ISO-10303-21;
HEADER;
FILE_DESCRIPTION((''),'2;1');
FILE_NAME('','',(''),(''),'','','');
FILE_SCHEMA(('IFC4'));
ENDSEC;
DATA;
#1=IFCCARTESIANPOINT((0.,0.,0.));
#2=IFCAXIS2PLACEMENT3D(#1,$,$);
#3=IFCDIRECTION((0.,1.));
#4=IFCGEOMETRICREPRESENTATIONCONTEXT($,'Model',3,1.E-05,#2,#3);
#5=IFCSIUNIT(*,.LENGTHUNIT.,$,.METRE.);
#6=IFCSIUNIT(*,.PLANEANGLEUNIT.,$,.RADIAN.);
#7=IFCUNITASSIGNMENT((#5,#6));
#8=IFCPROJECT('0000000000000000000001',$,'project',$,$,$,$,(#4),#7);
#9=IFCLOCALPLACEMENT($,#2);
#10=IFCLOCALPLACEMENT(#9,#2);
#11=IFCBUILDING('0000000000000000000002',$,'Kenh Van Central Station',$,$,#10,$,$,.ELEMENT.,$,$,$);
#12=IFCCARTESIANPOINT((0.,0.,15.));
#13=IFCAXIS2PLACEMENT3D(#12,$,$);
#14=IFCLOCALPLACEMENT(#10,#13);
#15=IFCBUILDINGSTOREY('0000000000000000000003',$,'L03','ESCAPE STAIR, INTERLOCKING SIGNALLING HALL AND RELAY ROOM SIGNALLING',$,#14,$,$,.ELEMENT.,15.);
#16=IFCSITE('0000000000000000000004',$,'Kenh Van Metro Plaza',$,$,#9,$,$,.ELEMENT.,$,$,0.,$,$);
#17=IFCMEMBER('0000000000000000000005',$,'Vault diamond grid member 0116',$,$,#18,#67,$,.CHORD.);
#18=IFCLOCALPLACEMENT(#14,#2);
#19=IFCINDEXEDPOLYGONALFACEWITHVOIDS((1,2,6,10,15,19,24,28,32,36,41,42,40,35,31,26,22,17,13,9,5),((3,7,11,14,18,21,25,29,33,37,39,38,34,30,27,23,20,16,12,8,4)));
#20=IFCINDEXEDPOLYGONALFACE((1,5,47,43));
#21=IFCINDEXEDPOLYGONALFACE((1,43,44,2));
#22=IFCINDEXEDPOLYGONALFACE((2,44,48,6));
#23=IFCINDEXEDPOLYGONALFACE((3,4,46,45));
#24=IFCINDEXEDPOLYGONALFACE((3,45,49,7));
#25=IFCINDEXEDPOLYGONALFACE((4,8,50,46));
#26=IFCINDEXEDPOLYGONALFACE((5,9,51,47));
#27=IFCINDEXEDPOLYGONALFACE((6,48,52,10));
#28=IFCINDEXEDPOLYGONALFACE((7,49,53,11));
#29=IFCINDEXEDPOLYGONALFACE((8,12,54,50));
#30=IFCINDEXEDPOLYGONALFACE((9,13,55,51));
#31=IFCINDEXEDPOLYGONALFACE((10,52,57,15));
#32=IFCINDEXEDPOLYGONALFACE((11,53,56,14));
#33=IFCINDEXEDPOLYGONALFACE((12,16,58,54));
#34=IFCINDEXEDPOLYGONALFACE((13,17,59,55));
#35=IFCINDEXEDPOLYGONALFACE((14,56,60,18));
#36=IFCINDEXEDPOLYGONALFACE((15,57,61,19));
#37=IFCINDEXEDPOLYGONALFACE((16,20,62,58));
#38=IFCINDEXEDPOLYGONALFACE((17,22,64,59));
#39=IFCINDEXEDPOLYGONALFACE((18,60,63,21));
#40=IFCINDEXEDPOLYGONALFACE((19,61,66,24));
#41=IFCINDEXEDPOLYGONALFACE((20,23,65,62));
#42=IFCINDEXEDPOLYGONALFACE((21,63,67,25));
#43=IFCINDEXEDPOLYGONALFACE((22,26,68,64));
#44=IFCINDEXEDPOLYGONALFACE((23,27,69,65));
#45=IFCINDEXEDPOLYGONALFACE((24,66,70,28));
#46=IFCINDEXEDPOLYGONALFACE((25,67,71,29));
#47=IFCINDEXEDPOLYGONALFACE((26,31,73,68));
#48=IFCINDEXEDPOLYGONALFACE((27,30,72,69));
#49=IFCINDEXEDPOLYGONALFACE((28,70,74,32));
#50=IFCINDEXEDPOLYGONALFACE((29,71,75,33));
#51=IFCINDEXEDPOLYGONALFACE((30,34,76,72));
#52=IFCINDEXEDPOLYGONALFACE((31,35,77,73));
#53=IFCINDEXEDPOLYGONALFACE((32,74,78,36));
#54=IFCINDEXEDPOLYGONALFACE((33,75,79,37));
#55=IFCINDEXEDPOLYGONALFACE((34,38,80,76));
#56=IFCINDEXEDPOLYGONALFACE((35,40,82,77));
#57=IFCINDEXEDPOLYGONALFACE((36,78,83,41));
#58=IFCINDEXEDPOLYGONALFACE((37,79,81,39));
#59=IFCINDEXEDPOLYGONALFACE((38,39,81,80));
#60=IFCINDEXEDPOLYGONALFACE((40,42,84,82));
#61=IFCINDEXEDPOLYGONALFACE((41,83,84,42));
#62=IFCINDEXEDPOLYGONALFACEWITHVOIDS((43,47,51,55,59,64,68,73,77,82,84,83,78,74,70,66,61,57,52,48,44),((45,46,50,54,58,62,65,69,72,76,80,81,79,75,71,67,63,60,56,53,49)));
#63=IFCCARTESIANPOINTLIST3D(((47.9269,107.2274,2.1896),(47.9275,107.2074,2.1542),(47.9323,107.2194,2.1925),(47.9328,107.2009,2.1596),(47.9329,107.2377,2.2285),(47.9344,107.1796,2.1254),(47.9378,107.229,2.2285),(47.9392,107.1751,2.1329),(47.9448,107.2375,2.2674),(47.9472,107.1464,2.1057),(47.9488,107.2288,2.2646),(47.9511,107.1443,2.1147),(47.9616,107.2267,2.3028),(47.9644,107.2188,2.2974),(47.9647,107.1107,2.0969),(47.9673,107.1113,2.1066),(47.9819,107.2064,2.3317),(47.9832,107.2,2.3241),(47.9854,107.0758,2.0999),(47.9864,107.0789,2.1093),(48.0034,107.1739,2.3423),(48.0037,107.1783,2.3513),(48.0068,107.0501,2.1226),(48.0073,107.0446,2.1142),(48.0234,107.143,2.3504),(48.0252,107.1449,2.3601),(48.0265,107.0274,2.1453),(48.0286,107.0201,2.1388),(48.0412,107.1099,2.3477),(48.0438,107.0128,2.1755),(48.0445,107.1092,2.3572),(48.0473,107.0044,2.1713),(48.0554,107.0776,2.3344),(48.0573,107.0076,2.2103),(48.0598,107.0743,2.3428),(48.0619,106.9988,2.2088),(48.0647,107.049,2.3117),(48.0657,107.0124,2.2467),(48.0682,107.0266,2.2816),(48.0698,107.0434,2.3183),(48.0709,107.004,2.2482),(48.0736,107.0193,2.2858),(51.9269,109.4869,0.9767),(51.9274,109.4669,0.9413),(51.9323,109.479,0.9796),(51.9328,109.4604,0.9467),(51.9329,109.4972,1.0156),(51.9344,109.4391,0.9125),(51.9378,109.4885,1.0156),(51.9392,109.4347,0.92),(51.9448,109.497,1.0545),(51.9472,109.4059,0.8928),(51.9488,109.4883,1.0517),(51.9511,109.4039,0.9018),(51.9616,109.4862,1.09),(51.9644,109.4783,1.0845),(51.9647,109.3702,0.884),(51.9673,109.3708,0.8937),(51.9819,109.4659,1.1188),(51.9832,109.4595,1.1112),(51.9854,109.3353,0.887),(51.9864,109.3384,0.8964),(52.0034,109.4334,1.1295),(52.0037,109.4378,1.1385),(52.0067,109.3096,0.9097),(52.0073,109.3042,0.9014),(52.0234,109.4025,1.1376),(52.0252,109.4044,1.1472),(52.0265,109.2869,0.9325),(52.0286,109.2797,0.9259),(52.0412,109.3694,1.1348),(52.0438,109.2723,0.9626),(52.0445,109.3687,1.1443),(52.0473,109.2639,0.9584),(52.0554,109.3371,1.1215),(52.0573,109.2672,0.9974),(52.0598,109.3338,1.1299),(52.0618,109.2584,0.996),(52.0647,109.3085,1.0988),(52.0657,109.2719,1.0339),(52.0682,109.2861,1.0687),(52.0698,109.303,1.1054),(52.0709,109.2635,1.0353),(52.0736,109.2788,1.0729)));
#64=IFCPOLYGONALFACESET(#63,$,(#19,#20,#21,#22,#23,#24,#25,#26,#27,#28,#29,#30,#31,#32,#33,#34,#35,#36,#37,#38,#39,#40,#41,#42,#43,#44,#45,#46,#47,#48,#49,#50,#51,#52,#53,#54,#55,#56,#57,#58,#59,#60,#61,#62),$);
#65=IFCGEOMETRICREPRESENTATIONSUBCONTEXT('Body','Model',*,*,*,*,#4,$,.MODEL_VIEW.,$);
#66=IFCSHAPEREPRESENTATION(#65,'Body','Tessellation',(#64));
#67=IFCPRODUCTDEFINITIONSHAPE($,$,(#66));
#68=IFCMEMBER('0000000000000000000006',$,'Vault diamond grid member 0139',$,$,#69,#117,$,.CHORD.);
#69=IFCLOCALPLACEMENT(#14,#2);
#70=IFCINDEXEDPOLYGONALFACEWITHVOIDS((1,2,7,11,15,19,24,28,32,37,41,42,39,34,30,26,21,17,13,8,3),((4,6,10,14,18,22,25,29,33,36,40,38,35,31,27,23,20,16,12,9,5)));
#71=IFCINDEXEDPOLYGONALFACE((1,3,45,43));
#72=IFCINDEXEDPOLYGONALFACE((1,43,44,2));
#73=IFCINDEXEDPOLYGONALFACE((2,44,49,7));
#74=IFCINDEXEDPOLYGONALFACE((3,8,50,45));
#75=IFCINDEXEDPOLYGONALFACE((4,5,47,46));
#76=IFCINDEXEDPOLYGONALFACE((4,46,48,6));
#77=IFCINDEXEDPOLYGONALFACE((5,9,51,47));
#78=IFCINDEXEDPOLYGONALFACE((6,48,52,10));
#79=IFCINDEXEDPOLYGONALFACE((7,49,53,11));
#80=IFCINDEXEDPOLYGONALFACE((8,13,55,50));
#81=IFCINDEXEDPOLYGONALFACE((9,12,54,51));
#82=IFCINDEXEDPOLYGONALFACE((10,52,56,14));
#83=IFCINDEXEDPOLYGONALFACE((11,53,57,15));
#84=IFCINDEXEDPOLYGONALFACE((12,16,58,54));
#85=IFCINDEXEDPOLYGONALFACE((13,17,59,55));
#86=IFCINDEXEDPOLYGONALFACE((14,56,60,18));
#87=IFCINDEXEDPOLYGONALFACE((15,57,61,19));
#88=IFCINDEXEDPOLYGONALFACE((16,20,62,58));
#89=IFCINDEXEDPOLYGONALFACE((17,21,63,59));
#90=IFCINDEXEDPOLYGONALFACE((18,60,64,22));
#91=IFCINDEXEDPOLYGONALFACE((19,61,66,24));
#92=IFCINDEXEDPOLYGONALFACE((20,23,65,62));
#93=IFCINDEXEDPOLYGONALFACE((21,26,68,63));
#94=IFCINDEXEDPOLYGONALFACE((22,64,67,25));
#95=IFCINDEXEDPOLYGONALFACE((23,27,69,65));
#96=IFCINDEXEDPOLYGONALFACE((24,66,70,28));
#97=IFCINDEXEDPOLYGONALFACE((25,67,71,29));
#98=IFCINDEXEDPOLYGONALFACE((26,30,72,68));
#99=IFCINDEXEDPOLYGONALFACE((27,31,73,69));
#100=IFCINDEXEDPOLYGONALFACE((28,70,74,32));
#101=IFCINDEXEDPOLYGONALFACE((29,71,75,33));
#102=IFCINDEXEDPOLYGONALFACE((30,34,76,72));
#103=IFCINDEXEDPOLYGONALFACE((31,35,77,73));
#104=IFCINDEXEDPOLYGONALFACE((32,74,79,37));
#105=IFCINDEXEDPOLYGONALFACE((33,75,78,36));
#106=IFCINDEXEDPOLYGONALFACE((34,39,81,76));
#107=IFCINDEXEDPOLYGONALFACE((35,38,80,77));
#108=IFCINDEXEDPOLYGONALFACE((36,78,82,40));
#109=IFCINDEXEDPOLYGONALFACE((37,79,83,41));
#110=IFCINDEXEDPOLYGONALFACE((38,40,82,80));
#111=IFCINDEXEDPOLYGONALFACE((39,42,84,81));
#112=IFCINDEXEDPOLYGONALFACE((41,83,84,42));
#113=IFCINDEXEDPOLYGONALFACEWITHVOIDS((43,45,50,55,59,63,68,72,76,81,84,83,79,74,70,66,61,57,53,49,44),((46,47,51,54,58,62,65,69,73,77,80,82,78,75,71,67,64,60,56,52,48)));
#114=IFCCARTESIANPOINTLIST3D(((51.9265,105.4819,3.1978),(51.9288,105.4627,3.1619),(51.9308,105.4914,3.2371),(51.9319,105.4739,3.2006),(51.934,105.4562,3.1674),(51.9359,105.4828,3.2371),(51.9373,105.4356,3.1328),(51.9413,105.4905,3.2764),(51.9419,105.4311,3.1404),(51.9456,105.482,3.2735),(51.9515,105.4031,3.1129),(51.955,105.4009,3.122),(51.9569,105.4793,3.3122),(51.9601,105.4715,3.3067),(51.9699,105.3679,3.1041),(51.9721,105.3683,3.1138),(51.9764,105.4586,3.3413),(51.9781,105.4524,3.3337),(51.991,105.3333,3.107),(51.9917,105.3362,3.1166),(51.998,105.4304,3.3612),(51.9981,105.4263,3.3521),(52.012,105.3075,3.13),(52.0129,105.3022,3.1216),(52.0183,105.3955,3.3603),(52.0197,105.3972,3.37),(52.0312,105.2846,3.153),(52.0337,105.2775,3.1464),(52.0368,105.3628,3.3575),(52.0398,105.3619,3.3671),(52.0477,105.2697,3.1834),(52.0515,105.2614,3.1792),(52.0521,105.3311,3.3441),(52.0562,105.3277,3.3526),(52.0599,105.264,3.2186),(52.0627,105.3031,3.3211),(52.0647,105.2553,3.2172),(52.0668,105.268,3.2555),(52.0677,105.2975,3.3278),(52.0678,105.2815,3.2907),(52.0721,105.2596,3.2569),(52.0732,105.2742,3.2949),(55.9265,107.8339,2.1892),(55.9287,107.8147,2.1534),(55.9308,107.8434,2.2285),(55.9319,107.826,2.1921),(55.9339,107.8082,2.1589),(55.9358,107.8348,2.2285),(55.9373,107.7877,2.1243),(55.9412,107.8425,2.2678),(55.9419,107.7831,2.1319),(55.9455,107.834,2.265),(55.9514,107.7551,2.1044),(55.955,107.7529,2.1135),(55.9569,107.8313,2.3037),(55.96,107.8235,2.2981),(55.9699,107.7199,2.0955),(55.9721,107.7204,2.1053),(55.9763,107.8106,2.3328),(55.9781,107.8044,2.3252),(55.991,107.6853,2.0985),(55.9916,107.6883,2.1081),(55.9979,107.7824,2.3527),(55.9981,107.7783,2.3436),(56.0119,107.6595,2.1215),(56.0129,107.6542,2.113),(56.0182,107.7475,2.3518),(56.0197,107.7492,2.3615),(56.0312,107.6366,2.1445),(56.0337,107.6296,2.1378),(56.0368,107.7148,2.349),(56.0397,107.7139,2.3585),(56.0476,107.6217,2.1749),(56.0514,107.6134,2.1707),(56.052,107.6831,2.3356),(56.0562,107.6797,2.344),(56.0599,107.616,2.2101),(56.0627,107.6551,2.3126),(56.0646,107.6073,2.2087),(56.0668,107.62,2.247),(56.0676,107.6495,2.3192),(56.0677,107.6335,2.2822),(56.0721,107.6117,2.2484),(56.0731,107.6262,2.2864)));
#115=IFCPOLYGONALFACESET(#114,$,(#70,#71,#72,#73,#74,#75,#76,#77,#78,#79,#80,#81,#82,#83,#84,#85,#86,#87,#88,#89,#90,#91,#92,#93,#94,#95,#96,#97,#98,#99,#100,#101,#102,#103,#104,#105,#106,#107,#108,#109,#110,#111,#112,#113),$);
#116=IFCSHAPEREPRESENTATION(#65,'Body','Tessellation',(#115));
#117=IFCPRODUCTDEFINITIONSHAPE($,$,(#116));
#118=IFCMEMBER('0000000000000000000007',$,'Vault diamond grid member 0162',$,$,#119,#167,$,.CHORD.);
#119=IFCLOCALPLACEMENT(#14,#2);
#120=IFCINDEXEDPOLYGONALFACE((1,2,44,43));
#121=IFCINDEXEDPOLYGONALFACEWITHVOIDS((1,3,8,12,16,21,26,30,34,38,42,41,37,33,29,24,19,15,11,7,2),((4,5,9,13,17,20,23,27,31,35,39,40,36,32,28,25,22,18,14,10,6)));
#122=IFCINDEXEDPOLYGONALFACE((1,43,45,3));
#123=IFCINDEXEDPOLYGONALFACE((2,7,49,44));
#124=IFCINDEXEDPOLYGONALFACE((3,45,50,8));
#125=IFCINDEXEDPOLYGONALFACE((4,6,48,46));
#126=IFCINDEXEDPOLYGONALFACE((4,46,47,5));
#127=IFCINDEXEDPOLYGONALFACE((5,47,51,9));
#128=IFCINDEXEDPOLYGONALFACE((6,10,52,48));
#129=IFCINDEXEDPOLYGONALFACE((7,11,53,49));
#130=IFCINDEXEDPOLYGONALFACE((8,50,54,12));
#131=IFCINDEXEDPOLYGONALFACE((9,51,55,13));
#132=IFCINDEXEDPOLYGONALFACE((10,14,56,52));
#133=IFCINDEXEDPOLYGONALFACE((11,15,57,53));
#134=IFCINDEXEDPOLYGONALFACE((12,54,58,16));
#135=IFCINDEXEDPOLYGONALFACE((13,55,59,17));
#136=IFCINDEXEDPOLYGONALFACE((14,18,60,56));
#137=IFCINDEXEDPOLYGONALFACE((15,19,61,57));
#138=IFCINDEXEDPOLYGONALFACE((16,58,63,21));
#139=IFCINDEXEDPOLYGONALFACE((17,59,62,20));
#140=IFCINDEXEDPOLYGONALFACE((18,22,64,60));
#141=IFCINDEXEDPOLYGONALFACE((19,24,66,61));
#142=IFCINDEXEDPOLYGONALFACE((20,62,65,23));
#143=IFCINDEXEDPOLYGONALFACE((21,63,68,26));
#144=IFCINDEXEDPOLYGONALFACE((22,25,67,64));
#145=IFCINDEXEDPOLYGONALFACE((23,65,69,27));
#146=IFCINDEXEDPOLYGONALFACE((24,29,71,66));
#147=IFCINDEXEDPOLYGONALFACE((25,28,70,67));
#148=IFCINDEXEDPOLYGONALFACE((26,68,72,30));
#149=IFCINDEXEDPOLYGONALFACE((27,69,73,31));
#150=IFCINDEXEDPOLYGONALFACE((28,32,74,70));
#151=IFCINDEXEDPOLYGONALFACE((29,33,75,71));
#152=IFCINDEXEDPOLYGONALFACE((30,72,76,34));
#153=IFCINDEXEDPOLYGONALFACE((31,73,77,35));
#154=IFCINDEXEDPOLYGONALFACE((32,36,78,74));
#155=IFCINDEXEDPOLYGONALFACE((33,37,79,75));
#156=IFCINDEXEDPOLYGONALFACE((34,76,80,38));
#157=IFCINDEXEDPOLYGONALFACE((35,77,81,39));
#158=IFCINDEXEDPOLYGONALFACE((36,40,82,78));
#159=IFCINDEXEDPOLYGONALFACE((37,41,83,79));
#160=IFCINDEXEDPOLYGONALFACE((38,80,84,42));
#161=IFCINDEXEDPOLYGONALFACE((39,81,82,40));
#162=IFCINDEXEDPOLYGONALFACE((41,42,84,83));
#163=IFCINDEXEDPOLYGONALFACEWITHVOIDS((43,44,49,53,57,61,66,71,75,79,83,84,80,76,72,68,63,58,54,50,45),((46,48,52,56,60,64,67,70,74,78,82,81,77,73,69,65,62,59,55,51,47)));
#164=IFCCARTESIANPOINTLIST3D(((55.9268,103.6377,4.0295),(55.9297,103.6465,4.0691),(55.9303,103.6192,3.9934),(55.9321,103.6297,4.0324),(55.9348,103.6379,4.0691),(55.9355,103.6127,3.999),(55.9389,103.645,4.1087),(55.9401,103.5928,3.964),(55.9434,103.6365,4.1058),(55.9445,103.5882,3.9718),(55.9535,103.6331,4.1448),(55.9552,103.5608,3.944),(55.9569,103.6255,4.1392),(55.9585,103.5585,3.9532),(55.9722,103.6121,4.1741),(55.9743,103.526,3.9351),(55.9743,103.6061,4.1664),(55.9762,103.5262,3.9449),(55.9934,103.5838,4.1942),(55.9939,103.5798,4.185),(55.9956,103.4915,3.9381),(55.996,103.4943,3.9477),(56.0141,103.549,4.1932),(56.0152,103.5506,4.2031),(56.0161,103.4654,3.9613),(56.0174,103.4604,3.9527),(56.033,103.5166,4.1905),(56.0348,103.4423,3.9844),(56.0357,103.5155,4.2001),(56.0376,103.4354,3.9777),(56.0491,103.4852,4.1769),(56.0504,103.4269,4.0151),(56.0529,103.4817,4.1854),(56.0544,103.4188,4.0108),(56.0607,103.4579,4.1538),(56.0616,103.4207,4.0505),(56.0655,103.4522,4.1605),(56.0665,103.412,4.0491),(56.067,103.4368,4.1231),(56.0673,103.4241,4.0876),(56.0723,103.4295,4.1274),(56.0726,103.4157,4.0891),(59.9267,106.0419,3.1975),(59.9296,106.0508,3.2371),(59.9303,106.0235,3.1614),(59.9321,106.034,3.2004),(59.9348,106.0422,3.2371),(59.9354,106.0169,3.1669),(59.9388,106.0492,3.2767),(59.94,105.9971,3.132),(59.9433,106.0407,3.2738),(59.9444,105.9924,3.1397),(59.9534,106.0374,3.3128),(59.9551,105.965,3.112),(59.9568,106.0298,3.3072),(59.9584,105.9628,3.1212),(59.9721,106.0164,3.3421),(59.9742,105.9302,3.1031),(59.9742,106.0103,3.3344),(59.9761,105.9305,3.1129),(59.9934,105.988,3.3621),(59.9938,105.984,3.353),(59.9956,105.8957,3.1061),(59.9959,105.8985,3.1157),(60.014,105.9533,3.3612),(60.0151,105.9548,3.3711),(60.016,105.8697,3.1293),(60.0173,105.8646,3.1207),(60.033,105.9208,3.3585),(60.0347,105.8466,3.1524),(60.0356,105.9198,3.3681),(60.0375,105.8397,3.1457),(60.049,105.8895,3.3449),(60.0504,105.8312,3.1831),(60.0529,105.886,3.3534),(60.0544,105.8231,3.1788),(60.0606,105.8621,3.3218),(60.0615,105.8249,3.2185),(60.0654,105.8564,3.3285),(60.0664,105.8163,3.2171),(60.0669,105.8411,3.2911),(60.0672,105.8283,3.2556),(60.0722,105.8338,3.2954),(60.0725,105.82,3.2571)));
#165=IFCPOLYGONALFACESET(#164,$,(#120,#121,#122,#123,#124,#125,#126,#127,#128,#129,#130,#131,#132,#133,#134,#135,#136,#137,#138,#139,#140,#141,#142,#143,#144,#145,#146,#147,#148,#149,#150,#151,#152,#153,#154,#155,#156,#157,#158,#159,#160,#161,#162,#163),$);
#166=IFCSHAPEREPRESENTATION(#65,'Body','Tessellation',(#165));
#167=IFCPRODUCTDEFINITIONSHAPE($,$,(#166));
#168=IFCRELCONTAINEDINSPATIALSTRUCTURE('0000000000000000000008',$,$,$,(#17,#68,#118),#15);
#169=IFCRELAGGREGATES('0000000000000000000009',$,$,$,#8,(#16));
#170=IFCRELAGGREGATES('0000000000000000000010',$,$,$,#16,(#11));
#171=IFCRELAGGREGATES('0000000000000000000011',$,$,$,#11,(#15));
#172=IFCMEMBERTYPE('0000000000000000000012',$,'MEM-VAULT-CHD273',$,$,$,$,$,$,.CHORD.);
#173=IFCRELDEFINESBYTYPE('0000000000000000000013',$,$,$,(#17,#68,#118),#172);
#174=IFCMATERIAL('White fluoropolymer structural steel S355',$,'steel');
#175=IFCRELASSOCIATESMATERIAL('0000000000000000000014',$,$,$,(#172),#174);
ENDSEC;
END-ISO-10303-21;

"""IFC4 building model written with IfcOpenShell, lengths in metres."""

from ifc_helpers import new_model, si_unit, direction, frame, origin, origin_2d, place, context, subcontext, project, spatial, hollow_circle, extrude, material, material_profile, profile_set, type_object, element, save


model = new_model("IFC4")

# Units and contexts
model_context = context("Model", 3, precision=1e-05, world=origin(), true_north=direction((0.0, 1.0)))
body_context = subcontext(model_context, "Body", "Model", "MODEL_VIEW")
ifc_project = project(units=[si_unit("LENGTHUNIT", "METRE"), si_unit("PLANEANGLEUNIT", "RADIAN")], contexts=[model_context])

# Site, building, storey
site_placement = place(None, origin())
site = spatial("IfcSite", under=ifc_project, at=site_placement, Name="Kenh Van Metro Plaza", CompositionType="ELEMENT", RefElevation=0.0)
building_placement = place(site_placement, origin())
building = spatial("IfcBuilding", under=site, at=building_placement, Name="Kenh Van Central Station", CompositionType="ELEMENT")
storey_placement = place(building_placement, frame((0.0, 0.0, 15.0)))
storey = spatial("IfcBuildingStorey", under=building, at=storey_placement, Name="L03", Description="ESCAPE STAIR, INTERLOCKING SIGNALLING HALL AND RELAY ROOM SIGNALLING", CompositionType="ELEMENT", Elevation=15.0)

# Shared definitions
ifc_material_1 = material(Name="White fluoropolymer structural steel S355", Category="steel")

# Members
ifc_material_profile_1 = material_profile(ifc_material_1, hollow_circle(Radius=0.1365, WallThickness=0.01, at=origin_2d()), Name="CHS 273x10")
ifc_profile_set_1 = profile_set([ifc_material_profile_1], Name="White fluoropolymer structural steel S355")
member_type_1 = type_object("IfcMemberType", Name="MEM-VAULT-CHD273", PredefinedType="CHORD", material=ifc_profile_set_1)
member_1_placement = place(storey_placement, frame((48.0, 107.1189, 2.2285), z_axis=(0.841843, 0.475541, -0.255266), x_axis=(-0.491835, 0.870689, 0.0)))
element("IfcMember", 1, at=member_1_placement, inside=storey, type_object=member_type_1, Name="Vault diamond grid member 0116", PredefinedType="CHORD", context=body_context, shape_type="SweptSolid", body=[
    extrude(hollow_circle(Radius=0.1365, WallThickness=0.01, at=origin_2d()), origin(), (0.0, 0.0, 1.0), 4.7515),
])
member_2_placement = place(storey_placement, frame((52.0, 105.3738, 3.2371), z_axis=(0.842352, 0.495313, -0.212387), x_axis=(-0.506878, 0.862018, 0.0)))
element("IfcMember", 2, at=member_2_placement, inside=storey, type_object=member_type_1, Name="Vault diamond grid member 0139", PredefinedType="CHORD", context=body_context, shape_type="SweptSolid", body=[
    extrude(hollow_circle(Radius=0.1365, WallThickness=0.01, at=origin_2d()), origin(), (0.0, 0.0, 1.0), 4.7485),
])
member_3_placement = place(storey_placement, frame((56.0, 103.5295, 4.0691), z_axis=(0.843782, 0.507176, -0.175513), x_axis=(-0.515173, 0.857086, 0.0)))
element("IfcMember", 3, at=member_3_placement, inside=storey, type_object=member_type_1, Name="Vault diamond grid member 0162", PredefinedType="CHORD", context=body_context, shape_type="SweptSolid", body=[
    extrude(hollow_circle(Radius=0.1365, WallThickness=0.01, at=origin_2d()), origin(), (0.0, 0.0, 1.0), 4.7405),
])

save(model, "model.ifc")
